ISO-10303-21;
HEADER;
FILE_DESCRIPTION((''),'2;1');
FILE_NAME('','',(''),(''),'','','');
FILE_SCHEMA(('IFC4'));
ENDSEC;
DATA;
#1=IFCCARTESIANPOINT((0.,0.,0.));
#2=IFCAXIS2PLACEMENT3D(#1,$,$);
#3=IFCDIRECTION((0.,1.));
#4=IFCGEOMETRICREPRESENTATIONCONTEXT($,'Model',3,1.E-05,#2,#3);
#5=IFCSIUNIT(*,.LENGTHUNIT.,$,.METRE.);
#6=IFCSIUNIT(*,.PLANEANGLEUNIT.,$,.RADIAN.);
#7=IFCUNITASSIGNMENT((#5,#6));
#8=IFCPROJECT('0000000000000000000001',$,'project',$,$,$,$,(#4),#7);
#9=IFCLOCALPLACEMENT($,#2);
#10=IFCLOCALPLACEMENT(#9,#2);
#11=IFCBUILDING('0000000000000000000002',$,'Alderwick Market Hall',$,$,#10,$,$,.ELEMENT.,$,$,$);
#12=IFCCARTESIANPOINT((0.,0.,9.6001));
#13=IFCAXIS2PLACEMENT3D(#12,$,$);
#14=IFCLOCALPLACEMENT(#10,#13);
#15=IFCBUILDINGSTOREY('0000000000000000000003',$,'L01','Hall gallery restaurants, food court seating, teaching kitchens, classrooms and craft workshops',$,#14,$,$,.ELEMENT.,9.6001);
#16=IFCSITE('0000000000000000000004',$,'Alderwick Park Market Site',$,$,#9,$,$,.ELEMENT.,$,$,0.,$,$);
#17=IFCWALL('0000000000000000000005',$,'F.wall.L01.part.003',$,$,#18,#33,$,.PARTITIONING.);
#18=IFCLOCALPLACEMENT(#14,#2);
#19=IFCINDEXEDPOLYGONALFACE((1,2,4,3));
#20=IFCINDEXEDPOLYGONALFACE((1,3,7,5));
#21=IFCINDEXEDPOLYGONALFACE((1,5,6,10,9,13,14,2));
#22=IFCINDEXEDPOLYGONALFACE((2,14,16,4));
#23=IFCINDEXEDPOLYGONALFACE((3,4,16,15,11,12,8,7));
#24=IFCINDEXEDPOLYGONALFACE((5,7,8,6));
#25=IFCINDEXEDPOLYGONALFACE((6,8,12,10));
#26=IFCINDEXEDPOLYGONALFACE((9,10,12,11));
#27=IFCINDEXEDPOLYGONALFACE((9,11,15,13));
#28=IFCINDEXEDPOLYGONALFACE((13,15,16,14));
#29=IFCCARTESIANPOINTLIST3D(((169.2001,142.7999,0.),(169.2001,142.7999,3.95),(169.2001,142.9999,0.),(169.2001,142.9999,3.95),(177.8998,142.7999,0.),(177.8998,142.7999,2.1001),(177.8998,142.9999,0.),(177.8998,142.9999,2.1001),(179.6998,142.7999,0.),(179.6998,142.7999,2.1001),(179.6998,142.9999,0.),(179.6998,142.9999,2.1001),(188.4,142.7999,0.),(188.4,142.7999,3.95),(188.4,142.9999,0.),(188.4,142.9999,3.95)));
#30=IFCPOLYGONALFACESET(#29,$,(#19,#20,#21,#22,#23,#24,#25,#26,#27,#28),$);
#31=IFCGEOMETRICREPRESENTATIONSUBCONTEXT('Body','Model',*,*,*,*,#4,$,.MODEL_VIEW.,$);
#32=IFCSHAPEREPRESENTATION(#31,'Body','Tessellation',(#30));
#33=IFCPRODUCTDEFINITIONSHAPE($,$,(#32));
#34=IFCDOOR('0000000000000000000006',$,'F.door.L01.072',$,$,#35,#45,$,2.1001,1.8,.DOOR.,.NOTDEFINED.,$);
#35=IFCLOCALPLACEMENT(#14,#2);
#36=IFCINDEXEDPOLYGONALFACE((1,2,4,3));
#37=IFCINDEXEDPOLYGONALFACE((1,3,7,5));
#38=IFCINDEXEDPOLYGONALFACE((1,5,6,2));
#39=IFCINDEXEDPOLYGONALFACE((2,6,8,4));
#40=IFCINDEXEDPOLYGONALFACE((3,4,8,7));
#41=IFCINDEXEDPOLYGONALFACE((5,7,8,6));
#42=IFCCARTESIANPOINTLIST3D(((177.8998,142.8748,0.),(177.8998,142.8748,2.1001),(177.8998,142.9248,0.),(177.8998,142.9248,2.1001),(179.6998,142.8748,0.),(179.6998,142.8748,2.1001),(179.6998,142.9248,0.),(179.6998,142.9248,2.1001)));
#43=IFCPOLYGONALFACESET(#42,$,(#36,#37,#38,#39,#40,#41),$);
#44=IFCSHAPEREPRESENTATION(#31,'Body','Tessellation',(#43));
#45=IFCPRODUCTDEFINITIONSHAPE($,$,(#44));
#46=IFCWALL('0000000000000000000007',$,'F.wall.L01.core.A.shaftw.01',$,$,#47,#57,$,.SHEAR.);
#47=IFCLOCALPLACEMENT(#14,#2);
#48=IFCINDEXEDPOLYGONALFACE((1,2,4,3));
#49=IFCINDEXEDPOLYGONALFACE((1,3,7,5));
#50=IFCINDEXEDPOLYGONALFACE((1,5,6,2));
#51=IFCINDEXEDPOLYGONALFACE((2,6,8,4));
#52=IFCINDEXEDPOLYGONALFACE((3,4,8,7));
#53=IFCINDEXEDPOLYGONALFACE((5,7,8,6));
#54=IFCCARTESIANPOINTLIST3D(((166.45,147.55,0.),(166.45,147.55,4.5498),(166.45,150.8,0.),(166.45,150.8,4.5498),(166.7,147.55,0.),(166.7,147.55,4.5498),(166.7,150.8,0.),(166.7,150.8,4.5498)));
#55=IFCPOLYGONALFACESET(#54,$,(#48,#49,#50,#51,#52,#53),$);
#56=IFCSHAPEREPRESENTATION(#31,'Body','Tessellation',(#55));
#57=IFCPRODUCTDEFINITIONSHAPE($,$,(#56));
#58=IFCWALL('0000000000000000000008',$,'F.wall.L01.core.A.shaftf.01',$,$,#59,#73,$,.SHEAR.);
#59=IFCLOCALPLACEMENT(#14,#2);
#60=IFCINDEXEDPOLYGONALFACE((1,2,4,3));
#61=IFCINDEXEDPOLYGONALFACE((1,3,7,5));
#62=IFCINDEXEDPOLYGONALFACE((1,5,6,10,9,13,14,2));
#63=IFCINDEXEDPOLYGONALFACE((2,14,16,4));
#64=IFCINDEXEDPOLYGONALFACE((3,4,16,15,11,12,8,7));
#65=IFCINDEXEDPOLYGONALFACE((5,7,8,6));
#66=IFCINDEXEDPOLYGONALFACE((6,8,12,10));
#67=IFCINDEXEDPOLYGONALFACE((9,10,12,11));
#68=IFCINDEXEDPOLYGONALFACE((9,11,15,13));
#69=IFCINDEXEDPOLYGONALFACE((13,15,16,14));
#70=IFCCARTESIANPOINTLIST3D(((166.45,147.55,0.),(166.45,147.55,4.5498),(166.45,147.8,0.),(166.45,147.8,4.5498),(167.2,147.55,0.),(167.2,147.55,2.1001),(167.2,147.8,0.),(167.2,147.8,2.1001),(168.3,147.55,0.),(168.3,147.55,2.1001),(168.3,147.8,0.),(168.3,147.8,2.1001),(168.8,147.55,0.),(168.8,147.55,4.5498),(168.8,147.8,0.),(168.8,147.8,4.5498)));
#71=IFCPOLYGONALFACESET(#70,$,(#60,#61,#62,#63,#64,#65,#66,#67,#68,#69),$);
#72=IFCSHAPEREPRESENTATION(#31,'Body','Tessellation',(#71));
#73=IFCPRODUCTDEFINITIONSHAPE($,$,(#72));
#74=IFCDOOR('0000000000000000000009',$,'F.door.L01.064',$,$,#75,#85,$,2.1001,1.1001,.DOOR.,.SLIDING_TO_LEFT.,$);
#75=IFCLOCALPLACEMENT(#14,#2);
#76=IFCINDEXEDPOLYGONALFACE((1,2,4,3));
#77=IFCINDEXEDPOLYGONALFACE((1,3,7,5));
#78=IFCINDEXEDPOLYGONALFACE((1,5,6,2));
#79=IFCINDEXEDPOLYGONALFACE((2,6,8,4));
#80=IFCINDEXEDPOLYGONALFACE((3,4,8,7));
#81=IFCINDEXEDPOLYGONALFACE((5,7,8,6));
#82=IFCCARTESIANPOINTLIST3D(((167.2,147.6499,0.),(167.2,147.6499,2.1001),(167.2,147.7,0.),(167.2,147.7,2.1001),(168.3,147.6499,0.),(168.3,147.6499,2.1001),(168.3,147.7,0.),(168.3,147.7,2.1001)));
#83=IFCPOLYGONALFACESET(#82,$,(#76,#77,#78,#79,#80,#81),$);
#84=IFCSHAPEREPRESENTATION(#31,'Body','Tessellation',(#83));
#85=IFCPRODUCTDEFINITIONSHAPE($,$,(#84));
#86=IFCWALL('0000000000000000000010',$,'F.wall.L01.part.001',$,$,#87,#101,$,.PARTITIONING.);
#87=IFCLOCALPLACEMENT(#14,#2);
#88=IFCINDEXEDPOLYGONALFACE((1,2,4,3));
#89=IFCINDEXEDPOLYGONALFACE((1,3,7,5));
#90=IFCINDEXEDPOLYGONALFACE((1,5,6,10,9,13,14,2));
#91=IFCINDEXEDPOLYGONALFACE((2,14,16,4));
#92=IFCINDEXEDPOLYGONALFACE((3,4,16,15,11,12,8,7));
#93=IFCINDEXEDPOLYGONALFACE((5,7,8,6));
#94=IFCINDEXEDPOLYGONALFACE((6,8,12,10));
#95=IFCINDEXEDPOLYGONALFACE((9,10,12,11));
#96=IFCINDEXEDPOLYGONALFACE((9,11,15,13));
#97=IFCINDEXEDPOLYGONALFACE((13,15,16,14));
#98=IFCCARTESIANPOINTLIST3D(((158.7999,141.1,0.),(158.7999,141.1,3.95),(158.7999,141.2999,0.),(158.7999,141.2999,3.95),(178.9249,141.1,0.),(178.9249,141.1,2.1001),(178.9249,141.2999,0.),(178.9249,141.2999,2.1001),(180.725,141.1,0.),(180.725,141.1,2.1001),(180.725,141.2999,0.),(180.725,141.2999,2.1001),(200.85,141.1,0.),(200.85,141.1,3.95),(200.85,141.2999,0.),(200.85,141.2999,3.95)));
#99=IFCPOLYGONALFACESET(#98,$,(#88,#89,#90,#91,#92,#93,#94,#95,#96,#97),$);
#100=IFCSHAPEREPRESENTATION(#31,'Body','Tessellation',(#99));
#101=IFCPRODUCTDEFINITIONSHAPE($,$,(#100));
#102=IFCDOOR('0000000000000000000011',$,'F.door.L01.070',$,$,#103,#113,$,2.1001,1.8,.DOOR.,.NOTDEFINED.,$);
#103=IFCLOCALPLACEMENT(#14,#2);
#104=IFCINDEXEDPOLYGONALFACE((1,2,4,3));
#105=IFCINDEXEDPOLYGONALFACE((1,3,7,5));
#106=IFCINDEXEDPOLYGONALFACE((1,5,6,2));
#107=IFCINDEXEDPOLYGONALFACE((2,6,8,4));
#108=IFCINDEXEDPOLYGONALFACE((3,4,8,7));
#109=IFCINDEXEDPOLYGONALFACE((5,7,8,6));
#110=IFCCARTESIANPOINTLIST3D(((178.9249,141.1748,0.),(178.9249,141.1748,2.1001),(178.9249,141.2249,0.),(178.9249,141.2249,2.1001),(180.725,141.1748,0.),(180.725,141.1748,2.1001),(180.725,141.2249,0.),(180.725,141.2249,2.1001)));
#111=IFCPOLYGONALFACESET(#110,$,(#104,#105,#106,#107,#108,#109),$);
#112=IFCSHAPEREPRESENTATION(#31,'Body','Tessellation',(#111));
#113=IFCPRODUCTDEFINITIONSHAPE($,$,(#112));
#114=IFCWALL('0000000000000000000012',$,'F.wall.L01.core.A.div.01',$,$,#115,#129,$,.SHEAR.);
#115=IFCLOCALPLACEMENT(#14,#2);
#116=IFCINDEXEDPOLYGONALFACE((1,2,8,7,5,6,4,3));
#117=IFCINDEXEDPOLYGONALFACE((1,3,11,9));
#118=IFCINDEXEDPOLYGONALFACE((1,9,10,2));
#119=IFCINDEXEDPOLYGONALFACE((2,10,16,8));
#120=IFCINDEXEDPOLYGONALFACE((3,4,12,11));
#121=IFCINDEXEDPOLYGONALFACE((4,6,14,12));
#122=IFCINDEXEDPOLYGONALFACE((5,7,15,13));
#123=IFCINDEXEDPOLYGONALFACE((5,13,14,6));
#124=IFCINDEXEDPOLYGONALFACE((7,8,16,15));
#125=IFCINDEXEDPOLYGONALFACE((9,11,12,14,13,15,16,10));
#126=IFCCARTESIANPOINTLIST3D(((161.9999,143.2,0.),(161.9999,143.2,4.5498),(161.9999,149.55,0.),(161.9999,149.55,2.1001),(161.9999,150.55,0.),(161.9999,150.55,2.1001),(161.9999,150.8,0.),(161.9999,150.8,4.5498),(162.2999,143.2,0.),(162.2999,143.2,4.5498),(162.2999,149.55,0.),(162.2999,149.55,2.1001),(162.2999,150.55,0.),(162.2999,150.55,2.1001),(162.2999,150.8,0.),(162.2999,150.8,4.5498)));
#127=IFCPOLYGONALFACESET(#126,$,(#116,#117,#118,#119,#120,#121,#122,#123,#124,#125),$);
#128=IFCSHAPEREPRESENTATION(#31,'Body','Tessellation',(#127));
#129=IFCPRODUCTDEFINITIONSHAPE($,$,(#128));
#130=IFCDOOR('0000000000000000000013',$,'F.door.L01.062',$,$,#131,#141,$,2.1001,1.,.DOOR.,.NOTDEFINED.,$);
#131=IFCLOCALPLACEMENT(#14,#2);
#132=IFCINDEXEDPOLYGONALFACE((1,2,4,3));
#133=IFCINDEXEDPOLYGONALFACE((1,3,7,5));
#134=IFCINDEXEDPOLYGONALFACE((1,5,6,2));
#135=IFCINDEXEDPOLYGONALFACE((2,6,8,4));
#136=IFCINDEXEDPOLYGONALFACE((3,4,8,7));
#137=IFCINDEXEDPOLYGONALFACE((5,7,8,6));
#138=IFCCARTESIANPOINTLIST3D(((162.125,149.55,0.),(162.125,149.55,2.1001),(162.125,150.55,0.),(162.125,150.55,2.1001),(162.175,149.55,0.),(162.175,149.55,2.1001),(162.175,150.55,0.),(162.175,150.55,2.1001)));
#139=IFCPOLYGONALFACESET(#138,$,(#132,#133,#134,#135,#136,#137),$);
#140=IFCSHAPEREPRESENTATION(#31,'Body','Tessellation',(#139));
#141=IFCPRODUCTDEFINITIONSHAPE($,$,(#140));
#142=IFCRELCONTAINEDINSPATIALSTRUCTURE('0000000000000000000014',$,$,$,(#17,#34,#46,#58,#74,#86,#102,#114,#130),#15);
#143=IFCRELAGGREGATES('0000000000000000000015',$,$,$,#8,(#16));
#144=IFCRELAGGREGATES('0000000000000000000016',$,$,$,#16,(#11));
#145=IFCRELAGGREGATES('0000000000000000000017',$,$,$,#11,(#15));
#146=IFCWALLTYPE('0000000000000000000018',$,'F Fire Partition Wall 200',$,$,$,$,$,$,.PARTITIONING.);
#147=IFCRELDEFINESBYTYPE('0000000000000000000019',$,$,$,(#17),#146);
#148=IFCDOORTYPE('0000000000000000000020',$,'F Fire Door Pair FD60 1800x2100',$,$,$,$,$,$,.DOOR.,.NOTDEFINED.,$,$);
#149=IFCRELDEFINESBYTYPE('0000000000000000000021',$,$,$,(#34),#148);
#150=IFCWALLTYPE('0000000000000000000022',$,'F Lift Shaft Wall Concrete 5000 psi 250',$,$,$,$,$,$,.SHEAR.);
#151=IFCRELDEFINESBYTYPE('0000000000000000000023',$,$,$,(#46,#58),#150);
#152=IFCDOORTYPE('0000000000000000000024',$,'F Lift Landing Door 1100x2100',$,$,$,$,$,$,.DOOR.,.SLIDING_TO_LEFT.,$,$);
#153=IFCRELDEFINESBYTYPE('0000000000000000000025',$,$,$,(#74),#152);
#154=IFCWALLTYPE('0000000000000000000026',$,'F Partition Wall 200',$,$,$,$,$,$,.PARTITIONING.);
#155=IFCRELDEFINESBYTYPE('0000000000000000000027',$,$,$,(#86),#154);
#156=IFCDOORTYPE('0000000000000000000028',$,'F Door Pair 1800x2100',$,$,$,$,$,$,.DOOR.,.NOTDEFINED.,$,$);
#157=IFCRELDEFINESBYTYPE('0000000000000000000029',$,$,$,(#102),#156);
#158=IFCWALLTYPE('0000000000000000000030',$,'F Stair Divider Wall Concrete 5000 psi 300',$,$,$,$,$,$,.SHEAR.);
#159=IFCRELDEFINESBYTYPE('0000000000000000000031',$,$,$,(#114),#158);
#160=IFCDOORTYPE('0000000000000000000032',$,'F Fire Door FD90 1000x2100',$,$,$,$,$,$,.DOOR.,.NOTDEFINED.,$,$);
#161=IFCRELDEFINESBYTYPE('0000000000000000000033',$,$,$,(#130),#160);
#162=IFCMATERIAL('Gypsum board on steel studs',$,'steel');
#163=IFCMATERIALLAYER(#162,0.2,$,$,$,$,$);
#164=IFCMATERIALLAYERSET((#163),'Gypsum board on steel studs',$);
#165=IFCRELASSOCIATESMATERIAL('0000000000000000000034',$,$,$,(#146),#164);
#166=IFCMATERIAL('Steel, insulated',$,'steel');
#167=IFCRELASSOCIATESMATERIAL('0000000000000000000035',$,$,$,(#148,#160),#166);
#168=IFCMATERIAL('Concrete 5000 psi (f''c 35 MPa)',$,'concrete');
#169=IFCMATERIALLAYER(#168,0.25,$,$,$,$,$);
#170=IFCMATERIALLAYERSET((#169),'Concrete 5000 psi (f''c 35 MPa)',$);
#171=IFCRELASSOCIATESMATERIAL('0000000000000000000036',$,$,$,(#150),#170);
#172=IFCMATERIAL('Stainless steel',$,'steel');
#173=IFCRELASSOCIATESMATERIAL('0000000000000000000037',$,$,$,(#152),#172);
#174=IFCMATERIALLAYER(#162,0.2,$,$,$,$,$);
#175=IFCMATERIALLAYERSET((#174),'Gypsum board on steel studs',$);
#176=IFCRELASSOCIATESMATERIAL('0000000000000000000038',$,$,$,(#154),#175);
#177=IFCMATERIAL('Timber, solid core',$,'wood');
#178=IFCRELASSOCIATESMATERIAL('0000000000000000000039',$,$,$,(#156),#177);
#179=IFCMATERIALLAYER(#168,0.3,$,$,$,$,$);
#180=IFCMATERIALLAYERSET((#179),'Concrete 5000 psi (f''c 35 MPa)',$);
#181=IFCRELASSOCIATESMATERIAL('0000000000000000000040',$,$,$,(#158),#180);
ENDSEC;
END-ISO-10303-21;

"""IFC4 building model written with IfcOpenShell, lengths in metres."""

from ifc_helpers import new_model, si_unit, direction, frame, frame_2d, origin, place, context, subcontext, project, spatial, rectangle, extrude, material, layer, layer_set, type_object, element, fill, save


model = new_model("IFC4")

# Units and contexts
model_context = context("Model", 3, precision=1e-05, world=origin(), true_north=direction((0.0, 1.0)))
body_context = subcontext(model_context, "Body", "Model", "MODEL_VIEW")
ifc_project = project(units=[si_unit("LENGTHUNIT", "METRE"), si_unit("PLANEANGLEUNIT", "RADIAN")], contexts=[model_context])

# Site, building, storey
site_placement = place(None, origin())
site = spatial("IfcSite", under=ifc_project, at=site_placement, Name="Alderwick Park Market Site", CompositionType="ELEMENT", RefElevation=0.0)
building_placement = place(site_placement, origin())
building = spatial("IfcBuilding", under=site, at=building_placement, Name="Alderwick Market Hall", CompositionType="ELEMENT")
storey_placement = place(building_placement, frame((0.0, 0.0, 9.6001)))
storey = spatial("IfcBuildingStorey", under=building, at=storey_placement, Name="L01", Description="Hall gallery restaurants, food court seating, teaching kitchens, classrooms and craft workshops", CompositionType="ELEMENT", Elevation=9.6001)

# Shared definitions
ifc_material_1 = material(Name="Concrete 5000 psi (f'c 35 MPa)", Category="concrete")

# Shared definitions
ifc_material_2 = material(Name="Steel, insulated", Category="steel")

# Wall, opening, door
ifc_material_3 = material(Name="Gypsum board on steel studs", Category="steel")
ifc_layer_1 = layer(ifc_material_3, 0.2)
ifc_layer_set_1 = layer_set([ifc_layer_1], Name="Gypsum board on steel studs")
wall_type_1 = type_object("IfcWallType", Name="F Fire Partition Wall 200", PredefinedType="PARTITIONING", material=ifc_layer_set_1)
wall_1_placement = place(storey_placement, frame((169.2, 142.8999, 0.0), z_axis=(0.0, 0.0, 1.0), x_axis=(1.0, 0.0, 0.0)))
wall_1 = element("IfcWall", 1, at=wall_1_placement, inside=storey, type_object=wall_type_1, Name="F.wall.L01.part.003", PredefinedType="PARTITIONING", context=body_context, shape_type="SweptSolid", body=[
    extrude(rectangle(XDim=19.2, YDim=0.2, at=frame_2d((9.6001, 0.0))), origin(), (0.0, 0.0, 1.0), 3.95),
])
opening_1_placement = place(wall_1_placement, frame((8.7, 0.0, 0.0)))
opening_1 = element("IfcOpeningElement", 2, at=opening_1_placement, cuts=wall_1, PredefinedType="OPENING", context=body_context, shape_type="SweptSolid", body=[
    extrude(rectangle(XDim=1.8, YDim=2.1001, at=frame_2d((0.8999, 1.05))), frame((0.0, 0.1099, 0.0), z_axis=(0.0, -1.0, 0.0), x_axis=(1.0, 0.0, 0.0)), (0.0, 0.0, 1.0), 0.22),
])
door_type_1 = type_object("IfcDoorType", Name="F Fire Door Pair FD60 1800x2100", OperationType="NOTDEFINED", PredefinedType="DOOR", material=ifc_material_2)
door_1_placement = place(opening_1_placement, origin())
door_1 = element("IfcDoor", 3, at=door_1_placement, inside=storey, type_object=door_type_1, Name="F.door.L01.072", OperationType="NOTDEFINED", OverallHeight=2.1001, OverallWidth=1.8, PredefinedType="DOOR", context=body_context, shape_type="SweptSolid", body=[
    extrude(rectangle(XDim=1.8, YDim=2.1001, at=frame_2d((0.8999, 1.05))), frame((0.0, 0.0249, 0.0), z_axis=(0.0, -1.0, 0.0), x_axis=(1.0, 0.0, 0.0)), (0.0, 0.0, 1.0), 0.05),
])
fill(opening_1, door_1)

# Wall
ifc_layer_2 = layer(ifc_material_1, 0.25)
ifc_layer_set_2 = layer_set([ifc_layer_2], Name="Concrete 5000 psi (f'c 35 MPa)")
wall_type_2 = type_object("IfcWallType", Name="F Lift Shaft Wall Concrete 5000 psi 250", PredefinedType="SHEAR", material=ifc_layer_set_2)
wall_2_placement = place(storey_placement, frame((166.575, 147.55, 0.0), z_axis=(0.0, 0.0, 1.0), x_axis=(0.0, 1.0, 0.0)))
element("IfcWall", 4, at=wall_2_placement, inside=storey, type_object=wall_type_2, Name="F.wall.L01.core.A.shaftw.01", PredefinedType="SHEAR", context=body_context, shape_type="SweptSolid", body=[
    extrude(rectangle(XDim=3.25, YDim=0.25, at=frame_2d((1.625, 0.0))), origin(), (0.0, 0.0, 1.0), 4.5498),
])

# Walls, openings, doors
wall_3_placement = place(storey_placement, frame((166.45, 147.675, 0.0), z_axis=(0.0, 0.0, 1.0), x_axis=(1.0, 0.0, 0.0)))
wall_3 = element("IfcWall", 5, at=wall_3_placement, inside=storey, type_object=wall_type_2, Name="F.wall.L01.core.A.shaftf.01", PredefinedType="SHEAR", context=body_context, shape_type="SweptSolid", body=[
    extrude(rectangle(XDim=2.3501, YDim=0.25, at=frame_2d((1.175, 0.0))), origin(), (0.0, 0.0, 1.0), 4.5498),
])
opening_2_placement = place(wall_3_placement, frame((0.75, 0.0, 0.0)))
opening_2 = element("IfcOpeningElement", 6, at=opening_2_placement, cuts=wall_3, PredefinedType="OPENING", context=body_context, shape_type="SweptSolid", body=[
    extrude(rectangle(XDim=1.1001, YDim=2.1001, at=frame_2d((0.55, 1.05))), frame((0.0, 0.135, 0.0), z_axis=(0.0, -1.0, 0.0), x_axis=(1.0, 0.0, 0.0)), (0.0, 0.0, 1.0), 0.27),
])
ifc_material_4 = material(Name="Stainless steel", Category="steel")
door_type_2 = type_object("IfcDoorType", Name="F Lift Landing Door 1100x2100", OperationType="SLIDING_TO_LEFT", PredefinedType="DOOR", material=ifc_material_4)
door_2_placement = place(opening_2_placement, origin())
door_2 = element("IfcDoor", 7, at=door_2_placement, inside=storey, type_object=door_type_2, Name="F.door.L01.064", OperationType="SLIDING_TO_LEFT", OverallHeight=2.1001, OverallWidth=1.1001, PredefinedType="DOOR", context=body_context, shape_type="SweptSolid", body=[
    extrude(rectangle(XDim=1.1001, YDim=2.1001, at=frame_2d((0.55, 1.05))), frame((0.0, 0.0249, 0.0), z_axis=(0.0, -1.0, 0.0), x_axis=(1.0, 0.0, 0.0)), (0.0, 0.0, 1.0), 0.05),
])
fill(opening_2, door_2)
ifc_layer_3 = layer(ifc_material_3, 0.2)
ifc_layer_set_3 = layer_set([ifc_layer_3], Name="Gypsum board on steel studs")
wall_type_3 = type_object("IfcWallType", Name="F Partition Wall 200", PredefinedType="PARTITIONING", material=ifc_layer_set_3)
wall_4_placement = place(storey_placement, frame((158.8, 141.2, 0.0), z_axis=(0.0, 0.0, 1.0), x_axis=(1.0, 0.0, 0.0)))
wall_4 = element("IfcWall", 8, at=wall_4_placement, inside=storey, type_object=wall_type_3, Name="F.wall.L01.part.001", PredefinedType="PARTITIONING", context=body_context, shape_type="SweptSolid", body=[
    extrude(rectangle(XDim=42.05, YDim=0.2, at=frame_2d((21.0249, 0.0))), origin(), (0.0, 0.0, 1.0), 3.95),
])
opening_3_placement = place(wall_4_placement, frame((20.125, 0.0, 0.0)))
opening_3 = element("IfcOpeningElement", 9, at=opening_3_placement, cuts=wall_4, PredefinedType="OPENING", context=body_context, shape_type="SweptSolid", body=[
    extrude(rectangle(XDim=1.8, YDim=2.1001, at=frame_2d((0.8999, 1.05))), frame((0.0, 0.1099, 0.0), z_axis=(0.0, -1.0, 0.0), x_axis=(1.0, 0.0, 0.0)), (0.0, 0.0, 1.0), 0.22),
])
ifc_material_5 = material(Name="Timber, solid core", Category="wood")
door_type_3 = type_object("IfcDoorType", Name="F Door Pair 1800x2100", OperationType="NOTDEFINED", PredefinedType="DOOR", material=ifc_material_5)
door_3_placement = place(opening_3_placement, origin())
door_3 = element("IfcDoor", 10, at=door_3_placement, inside=storey, type_object=door_type_3, Name="F.door.L01.070", OperationType="NOTDEFINED", OverallHeight=2.1001, OverallWidth=1.8, PredefinedType="DOOR", context=body_context, shape_type="SweptSolid", body=[
    extrude(rectangle(XDim=1.8, YDim=2.1001, at=frame_2d((0.8999, 1.05))), frame((0.0, 0.0249, 0.0), z_axis=(0.0, -1.0, 0.0), x_axis=(1.0, 0.0, 0.0)), (0.0, 0.0, 1.0), 0.05),
])
fill(opening_3, door_3)
ifc_layer_4 = layer(ifc_material_1, 0.3)
ifc_layer_set_4 = layer_set([ifc_layer_4], Name="Concrete 5000 psi (f'c 35 MPa)")
wall_type_4 = type_object("IfcWallType", Name="F Stair Divider Wall Concrete 5000 psi 300", PredefinedType="SHEAR", material=ifc_layer_set_4)
wall_5_placement = place(storey_placement, frame((162.1499, 143.2, 0.0), z_axis=(0.0, 0.0, 1.0), x_axis=(0.0, 1.0, 0.0)))
wall_5 = element("IfcWall", 11, at=wall_5_placement, inside=storey, type_object=wall_type_4, Name="F.wall.L01.core.A.div.01", PredefinedType="SHEAR", context=body_context, shape_type="SweptSolid", body=[
    extrude(rectangle(XDim=7.6001, YDim=0.3, at=frame_2d((3.8, 0.0))), origin(), (0.0, 0.0, 1.0), 4.5498),
])
opening_4_placement = place(wall_5_placement, frame((6.3501, 0.0, 0.0)))
opening_4 = element("IfcOpeningElement", 12, at=opening_4_placement, cuts=wall_5, PredefinedType="OPENING", context=body_context, shape_type="SweptSolid", body=[
    extrude(rectangle(XDim=1.0, YDim=2.1001, at=frame_2d((0.5, 1.05))), frame((0.0, 0.1599, 0.0), z_axis=(0.0, -1.0, 0.0), x_axis=(1.0, 0.0, 0.0)), (0.0, 0.0, 1.0), 0.3201),
])
door_type_4 = type_object("IfcDoorType", Name="F Fire Door FD90 1000x2100", OperationType="NOTDEFINED", PredefinedType="DOOR", material=ifc_material_2)
door_4_placement = place(opening_4_placement, origin())
door_4 = element("IfcDoor", 13, at=door_4_placement, inside=storey, type_object=door_type_4, Name="F.door.L01.062", OperationType="NOTDEFINED", OverallHeight=2.1001, OverallWidth=1.0, PredefinedType="DOOR", context=body_context, shape_type="SweptSolid", body=[
    extrude(rectangle(XDim=1.0, YDim=2.1001, at=frame_2d((0.5, 1.05))), frame((0.0, 0.0249, 0.0), z_axis=(0.0, -1.0, 0.0), x_axis=(1.0, 0.0, 0.0)), (0.0, 0.0, 1.0), 0.05),
])
fill(opening_4, door_4)

save(model, "model.ifc")
